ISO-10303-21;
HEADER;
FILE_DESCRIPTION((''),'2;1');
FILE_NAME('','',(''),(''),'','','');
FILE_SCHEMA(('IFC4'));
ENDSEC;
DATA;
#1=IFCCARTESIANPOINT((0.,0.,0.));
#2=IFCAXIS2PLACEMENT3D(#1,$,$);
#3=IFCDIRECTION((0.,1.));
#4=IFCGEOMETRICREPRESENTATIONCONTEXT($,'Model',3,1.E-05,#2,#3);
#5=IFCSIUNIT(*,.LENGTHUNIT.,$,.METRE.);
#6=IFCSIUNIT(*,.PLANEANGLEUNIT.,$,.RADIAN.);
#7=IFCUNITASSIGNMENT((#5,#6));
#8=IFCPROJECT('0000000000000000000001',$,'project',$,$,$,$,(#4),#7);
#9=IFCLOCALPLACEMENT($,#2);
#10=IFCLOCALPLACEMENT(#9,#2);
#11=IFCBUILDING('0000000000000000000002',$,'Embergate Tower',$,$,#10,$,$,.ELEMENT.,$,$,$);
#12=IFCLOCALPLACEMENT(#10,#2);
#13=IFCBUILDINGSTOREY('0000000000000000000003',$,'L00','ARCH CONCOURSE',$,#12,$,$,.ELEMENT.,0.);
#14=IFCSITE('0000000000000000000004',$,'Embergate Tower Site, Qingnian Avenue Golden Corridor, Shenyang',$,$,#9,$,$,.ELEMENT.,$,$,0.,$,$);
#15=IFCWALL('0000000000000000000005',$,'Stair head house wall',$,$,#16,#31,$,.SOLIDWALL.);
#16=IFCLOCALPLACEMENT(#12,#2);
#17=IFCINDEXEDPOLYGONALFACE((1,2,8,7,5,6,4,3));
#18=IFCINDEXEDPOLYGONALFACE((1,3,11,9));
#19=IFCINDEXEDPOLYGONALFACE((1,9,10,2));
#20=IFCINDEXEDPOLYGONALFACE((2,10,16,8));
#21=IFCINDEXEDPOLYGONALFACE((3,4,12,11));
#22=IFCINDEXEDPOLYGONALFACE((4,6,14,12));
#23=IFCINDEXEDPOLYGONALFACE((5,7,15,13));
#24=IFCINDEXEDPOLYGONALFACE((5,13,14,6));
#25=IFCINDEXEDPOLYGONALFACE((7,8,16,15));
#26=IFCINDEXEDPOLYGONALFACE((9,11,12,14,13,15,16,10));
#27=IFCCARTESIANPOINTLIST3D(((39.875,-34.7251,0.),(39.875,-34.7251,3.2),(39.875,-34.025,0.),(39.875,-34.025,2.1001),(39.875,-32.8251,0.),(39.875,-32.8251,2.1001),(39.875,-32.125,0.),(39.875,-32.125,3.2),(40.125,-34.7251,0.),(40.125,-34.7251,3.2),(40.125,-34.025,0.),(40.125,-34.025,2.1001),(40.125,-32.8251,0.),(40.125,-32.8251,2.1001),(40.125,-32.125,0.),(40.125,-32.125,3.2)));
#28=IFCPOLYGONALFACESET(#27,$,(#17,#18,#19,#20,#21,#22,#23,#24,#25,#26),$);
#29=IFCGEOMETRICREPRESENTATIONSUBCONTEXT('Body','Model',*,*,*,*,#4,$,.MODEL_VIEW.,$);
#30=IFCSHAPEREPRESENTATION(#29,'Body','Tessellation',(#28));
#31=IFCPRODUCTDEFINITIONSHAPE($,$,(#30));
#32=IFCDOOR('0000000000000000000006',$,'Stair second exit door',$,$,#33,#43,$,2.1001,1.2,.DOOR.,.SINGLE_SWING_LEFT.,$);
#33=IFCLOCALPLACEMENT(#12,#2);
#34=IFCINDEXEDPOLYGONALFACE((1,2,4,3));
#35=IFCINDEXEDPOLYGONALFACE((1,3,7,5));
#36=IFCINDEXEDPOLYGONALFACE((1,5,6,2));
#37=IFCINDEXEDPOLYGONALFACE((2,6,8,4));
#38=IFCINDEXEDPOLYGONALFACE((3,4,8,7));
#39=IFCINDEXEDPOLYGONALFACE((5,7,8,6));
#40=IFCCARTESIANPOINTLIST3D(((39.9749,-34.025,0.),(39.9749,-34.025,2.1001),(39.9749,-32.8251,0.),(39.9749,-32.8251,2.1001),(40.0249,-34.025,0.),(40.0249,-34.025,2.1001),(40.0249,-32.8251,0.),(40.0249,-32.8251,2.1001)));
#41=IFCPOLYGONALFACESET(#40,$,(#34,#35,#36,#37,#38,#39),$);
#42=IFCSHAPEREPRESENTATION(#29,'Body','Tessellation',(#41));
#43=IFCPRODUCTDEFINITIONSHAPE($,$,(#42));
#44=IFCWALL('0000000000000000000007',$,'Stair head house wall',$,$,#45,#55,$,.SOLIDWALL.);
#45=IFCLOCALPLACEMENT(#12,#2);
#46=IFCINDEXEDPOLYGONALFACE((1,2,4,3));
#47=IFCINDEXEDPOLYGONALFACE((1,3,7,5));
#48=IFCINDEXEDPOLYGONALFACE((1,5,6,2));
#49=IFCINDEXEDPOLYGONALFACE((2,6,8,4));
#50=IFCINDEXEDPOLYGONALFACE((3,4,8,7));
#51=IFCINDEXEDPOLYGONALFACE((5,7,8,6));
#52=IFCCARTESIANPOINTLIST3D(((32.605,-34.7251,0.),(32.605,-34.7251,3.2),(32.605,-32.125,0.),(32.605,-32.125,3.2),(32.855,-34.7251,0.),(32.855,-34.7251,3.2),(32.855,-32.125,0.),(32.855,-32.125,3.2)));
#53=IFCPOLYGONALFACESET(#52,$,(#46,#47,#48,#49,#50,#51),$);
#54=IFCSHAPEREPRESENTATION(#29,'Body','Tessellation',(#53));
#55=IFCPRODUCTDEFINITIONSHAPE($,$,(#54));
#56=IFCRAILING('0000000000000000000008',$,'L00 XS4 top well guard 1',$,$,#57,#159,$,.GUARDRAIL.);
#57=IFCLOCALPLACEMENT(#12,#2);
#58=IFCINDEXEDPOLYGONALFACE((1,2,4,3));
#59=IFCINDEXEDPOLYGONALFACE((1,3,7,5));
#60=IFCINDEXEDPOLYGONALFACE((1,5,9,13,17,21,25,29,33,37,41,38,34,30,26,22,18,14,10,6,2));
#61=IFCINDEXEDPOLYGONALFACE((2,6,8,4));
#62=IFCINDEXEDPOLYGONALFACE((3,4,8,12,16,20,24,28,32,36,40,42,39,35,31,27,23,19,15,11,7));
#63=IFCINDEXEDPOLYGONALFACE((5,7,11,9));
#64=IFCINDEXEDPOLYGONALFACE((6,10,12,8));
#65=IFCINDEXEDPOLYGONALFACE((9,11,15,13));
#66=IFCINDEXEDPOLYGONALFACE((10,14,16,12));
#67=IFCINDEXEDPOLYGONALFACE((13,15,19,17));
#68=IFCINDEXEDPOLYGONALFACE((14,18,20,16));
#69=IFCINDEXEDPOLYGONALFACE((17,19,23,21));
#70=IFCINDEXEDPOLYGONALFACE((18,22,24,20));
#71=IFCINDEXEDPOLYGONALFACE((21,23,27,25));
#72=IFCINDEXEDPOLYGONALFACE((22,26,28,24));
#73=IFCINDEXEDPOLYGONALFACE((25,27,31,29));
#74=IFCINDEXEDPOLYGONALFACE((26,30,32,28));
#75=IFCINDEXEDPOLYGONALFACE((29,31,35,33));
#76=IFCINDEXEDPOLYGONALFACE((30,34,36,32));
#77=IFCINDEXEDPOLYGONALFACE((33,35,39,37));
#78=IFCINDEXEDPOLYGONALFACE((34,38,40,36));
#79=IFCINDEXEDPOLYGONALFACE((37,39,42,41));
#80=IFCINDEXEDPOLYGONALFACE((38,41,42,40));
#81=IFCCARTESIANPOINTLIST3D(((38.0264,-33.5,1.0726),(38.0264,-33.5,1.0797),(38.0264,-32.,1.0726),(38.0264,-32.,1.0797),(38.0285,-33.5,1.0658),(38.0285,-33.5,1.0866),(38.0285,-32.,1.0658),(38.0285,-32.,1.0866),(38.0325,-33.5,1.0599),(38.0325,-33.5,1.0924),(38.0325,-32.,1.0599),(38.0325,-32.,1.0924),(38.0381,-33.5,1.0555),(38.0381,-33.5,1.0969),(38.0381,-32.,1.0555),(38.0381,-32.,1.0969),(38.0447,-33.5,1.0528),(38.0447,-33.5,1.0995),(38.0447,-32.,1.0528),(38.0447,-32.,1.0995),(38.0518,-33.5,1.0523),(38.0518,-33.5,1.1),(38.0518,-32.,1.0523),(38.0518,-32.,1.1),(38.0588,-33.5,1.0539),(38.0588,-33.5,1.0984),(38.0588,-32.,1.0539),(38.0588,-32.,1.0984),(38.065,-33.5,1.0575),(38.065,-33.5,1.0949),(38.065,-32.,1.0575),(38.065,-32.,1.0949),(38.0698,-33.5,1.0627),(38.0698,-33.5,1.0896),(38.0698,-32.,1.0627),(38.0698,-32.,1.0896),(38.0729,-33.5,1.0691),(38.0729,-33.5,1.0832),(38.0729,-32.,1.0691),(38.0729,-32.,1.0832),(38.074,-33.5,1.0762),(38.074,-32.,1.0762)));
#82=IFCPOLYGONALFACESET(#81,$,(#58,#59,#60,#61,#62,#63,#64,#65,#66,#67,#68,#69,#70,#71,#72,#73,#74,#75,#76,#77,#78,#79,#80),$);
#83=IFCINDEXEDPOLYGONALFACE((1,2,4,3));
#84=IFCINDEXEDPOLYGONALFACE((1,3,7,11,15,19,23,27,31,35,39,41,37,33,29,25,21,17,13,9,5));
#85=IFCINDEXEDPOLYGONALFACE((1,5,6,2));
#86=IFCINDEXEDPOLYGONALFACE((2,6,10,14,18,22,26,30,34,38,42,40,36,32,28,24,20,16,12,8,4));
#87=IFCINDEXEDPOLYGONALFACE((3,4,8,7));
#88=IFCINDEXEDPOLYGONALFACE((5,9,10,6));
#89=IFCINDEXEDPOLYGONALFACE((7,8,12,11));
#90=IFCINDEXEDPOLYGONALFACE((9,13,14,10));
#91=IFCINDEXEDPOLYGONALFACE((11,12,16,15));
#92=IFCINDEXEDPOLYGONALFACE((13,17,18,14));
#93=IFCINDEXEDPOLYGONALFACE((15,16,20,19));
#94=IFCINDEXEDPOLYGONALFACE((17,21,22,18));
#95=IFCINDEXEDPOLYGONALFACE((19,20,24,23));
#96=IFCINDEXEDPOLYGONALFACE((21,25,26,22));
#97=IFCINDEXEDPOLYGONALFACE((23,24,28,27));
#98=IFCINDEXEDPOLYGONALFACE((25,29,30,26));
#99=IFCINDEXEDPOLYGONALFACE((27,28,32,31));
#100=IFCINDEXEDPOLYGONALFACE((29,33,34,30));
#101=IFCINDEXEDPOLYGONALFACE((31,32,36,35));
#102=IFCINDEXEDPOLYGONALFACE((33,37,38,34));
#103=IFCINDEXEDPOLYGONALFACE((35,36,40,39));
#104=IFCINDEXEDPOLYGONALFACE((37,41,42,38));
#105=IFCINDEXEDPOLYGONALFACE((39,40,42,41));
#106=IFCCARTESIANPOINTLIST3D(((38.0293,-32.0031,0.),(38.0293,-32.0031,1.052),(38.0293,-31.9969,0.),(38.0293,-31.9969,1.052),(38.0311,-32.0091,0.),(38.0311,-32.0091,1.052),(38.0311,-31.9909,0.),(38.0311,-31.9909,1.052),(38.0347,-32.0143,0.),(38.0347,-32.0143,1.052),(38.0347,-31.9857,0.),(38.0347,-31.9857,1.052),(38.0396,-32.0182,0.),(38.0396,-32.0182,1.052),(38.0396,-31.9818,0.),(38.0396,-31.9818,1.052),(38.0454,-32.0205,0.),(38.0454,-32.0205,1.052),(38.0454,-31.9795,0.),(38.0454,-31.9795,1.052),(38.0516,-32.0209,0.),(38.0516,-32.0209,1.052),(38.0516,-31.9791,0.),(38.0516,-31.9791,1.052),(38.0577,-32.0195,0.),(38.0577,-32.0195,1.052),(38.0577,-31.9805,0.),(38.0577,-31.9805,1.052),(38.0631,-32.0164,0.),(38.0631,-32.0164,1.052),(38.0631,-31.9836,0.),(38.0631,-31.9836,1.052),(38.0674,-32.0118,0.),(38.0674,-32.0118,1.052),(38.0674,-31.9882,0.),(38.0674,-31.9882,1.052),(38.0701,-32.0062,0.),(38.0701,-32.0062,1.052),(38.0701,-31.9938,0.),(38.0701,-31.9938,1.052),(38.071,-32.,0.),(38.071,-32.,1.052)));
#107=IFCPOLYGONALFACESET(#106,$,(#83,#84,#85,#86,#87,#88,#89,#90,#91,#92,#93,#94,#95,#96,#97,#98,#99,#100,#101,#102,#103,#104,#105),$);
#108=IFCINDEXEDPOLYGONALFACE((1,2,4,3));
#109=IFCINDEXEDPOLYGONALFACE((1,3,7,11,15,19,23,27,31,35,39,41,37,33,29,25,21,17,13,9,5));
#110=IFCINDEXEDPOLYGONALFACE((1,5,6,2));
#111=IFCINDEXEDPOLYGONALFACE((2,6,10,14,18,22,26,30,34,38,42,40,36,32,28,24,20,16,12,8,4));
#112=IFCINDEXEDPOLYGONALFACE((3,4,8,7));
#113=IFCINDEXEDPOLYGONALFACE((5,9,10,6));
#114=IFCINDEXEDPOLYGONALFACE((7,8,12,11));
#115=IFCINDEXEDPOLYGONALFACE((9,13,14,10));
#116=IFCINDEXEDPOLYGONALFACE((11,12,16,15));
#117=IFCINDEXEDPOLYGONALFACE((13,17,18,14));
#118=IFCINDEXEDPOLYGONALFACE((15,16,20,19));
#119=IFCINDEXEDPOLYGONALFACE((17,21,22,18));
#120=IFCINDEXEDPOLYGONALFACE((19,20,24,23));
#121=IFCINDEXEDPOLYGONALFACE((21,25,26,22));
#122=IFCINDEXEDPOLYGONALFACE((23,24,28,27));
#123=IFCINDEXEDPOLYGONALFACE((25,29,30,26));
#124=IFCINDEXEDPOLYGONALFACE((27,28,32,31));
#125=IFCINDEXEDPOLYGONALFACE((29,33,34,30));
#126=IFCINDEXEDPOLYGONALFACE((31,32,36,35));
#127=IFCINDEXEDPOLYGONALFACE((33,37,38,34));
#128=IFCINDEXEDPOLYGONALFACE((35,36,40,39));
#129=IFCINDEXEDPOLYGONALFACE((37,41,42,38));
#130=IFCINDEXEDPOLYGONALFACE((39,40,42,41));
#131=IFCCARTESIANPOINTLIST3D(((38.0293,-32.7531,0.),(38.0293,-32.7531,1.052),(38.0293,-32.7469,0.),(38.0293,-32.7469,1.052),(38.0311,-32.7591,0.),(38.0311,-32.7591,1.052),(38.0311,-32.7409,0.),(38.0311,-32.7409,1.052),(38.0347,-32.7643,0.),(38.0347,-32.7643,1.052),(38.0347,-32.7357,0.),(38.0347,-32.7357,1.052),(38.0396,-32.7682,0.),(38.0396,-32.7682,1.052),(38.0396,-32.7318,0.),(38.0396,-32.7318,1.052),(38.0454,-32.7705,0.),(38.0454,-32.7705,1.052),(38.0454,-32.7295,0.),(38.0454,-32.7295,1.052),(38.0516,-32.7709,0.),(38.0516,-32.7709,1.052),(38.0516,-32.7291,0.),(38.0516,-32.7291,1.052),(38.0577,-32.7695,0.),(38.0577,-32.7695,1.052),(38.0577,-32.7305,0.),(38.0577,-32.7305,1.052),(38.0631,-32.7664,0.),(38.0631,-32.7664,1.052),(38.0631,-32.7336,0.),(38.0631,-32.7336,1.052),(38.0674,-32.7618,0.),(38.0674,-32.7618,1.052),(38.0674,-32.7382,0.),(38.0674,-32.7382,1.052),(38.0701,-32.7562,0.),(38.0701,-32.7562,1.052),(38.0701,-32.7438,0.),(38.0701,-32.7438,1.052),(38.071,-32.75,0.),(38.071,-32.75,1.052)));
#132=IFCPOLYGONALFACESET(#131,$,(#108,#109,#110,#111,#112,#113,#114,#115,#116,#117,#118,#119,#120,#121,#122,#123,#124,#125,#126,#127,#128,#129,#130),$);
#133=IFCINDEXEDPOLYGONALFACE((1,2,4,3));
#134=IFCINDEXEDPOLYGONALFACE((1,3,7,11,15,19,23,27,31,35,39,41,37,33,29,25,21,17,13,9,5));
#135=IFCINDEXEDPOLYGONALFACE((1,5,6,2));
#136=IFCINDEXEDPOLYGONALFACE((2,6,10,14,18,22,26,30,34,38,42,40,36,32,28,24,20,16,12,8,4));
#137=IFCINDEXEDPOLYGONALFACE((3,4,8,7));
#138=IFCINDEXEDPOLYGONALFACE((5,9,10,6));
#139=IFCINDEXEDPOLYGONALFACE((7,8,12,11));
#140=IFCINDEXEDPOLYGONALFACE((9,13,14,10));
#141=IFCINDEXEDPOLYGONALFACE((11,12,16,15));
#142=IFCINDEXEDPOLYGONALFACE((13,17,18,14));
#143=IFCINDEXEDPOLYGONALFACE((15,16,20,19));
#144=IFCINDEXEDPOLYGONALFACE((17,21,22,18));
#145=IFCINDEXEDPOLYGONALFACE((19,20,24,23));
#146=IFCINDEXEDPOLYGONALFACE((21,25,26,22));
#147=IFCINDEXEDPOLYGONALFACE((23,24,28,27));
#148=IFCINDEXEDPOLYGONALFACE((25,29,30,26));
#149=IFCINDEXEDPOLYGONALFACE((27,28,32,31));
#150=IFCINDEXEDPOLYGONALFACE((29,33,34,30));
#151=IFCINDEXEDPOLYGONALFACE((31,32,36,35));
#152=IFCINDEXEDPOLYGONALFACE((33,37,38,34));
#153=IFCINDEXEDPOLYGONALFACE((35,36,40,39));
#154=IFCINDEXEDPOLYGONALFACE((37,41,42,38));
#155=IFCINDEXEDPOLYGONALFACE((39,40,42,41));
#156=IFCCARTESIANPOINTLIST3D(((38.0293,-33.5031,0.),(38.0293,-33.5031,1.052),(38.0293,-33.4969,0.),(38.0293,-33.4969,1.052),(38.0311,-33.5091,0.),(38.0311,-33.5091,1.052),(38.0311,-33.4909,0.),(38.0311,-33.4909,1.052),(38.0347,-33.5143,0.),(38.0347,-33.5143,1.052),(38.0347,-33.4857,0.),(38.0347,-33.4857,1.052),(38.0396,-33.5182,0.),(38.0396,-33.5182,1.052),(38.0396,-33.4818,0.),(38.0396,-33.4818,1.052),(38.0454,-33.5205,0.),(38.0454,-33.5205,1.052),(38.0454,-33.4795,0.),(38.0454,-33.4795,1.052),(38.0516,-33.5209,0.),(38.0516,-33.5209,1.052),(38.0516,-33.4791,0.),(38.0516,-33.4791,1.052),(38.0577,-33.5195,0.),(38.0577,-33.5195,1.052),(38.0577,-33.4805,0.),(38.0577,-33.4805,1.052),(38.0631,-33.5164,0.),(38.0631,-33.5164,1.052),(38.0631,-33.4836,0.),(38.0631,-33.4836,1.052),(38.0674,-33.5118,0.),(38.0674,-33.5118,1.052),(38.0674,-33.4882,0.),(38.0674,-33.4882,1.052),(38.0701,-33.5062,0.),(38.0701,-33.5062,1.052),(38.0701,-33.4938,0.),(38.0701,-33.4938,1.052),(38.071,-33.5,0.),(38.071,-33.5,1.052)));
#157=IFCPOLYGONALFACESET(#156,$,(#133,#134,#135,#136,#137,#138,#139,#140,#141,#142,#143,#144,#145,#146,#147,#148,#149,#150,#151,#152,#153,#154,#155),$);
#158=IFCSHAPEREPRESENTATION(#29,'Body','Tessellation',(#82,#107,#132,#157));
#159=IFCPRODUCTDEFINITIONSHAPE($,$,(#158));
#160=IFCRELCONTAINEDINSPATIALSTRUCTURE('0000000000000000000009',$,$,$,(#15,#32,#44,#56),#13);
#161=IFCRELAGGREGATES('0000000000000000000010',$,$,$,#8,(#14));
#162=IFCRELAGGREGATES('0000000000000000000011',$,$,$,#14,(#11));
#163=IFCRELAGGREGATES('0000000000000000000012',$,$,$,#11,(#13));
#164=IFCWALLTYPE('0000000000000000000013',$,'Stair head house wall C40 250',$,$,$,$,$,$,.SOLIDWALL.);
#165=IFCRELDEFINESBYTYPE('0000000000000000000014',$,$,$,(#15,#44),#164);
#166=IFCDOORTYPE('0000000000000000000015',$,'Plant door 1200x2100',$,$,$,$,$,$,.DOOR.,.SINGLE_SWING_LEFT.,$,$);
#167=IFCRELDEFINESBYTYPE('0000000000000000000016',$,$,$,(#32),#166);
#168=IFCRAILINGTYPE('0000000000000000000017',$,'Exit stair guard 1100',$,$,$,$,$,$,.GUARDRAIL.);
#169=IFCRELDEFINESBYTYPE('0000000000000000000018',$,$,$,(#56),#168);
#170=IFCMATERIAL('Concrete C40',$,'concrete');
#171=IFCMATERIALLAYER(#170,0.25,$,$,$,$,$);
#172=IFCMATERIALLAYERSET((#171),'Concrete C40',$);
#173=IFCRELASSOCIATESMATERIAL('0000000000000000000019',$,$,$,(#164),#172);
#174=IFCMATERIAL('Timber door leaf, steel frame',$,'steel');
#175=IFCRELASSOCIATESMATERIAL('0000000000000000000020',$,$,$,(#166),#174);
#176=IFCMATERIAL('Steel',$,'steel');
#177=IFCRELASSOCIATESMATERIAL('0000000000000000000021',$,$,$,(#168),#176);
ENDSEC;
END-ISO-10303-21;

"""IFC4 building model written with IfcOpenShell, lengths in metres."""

from ifc_helpers import new_model, si_unit, direction, frame, frame_2d, origin, origin_2d, place, context, subcontext, project, spatial, rectangle, circle, extrude, source, transform, mapped, material, layer, layer_set, type_object, element, fill, save


model = new_model("IFC4")

# Units and contexts
model_context = context("Model", 3, precision=1e-05, world=origin(), true_north=direction((0.0, 1.0)))
body_context = subcontext(model_context, "Body", "Model", "MODEL_VIEW")
ifc_project = project(units=[si_unit("LENGTHUNIT", "METRE"), si_unit("PLANEANGLEUNIT", "RADIAN")], contexts=[model_context])

# Site, building, storey
site_placement = place(None, origin())
site = spatial("IfcSite", under=ifc_project, at=site_placement, Name="Embergate Tower Site, Qingnian Avenue Golden Corridor, Shenyang", CompositionType="ELEMENT", RefElevation=0.0)
building_placement = place(site_placement, origin())
building = spatial("IfcBuilding", under=site, at=building_placement, Name="Embergate Tower", CompositionType="ELEMENT")
storey_placement = place(building_placement, origin())
storey = spatial("IfcBuildingStorey", under=building, at=storey_placement, Name="L00", Description="ARCH CONCOURSE", CompositionType="ELEMENT", Elevation=0.0)

# Shared definitions
ifc_material_1 = material(Name="Concrete C40", Category="concrete")

# Shared definitions
ifc_layer_1 = layer(ifc_material_1, 0.25)
ifc_layer_set_1 = layer_set([ifc_layer_1], Name="Concrete C40")
wall_type_1 = type_object("IfcWallType", Name="Stair head house wall C40 250", PredefinedType="SOLIDWALL", material=ifc_layer_set_1)
shared_shape_1 = source(origin(), body_context, "Body", "SweptSolid", [
    extrude(rectangle(XDim=1.2, YDim=2.1001, at=frame_2d((0.6001, 1.05))), frame((0.0, 0.135, 0.0), z_axis=(0.0, -1.0, 0.0), x_axis=(1.0, 0.0, 0.0)), (0.0, 0.0, 1.0), 0.27),
])
ifc_material_2 = material(Name="Timber door leaf, steel frame", Category="steel")
door_type_1 = type_object("IfcDoorType", Name="Plant door 1200x2100", OperationType="SINGLE_SWING_LEFT", PredefinedType="DOOR", material=ifc_material_2)
shared_shape_2 = source(origin(), body_context, "Body", "SweptSolid", [
    extrude(rectangle(XDim=1.2, YDim=2.1001, at=frame_2d((0.6001, 1.05))), frame((0.0, 0.0249, 0.0), z_axis=(0.0, -1.0, 0.0), x_axis=(1.0, 0.0, 0.0)), (0.0, 0.0, 1.0), 0.05),
])

# Wall, opening, door
shared_shape_3 = source(origin(), body_context, "Body", "SweptSolid", [
    extrude(rectangle(XDim=2.6001, YDim=0.25, at=frame_2d((1.3, 0.0))), origin(), (0.0, 0.0, 1.0), 3.2),
])
wall_1_placement = place(storey_placement, frame((40.0, -32.125, 0.0), z_axis=(0.0, 0.0, 1.0), x_axis=(0.0, -1.0, 0.0)))
wall_1 = element("IfcWall", 1, at=wall_1_placement, inside=storey, type_object=wall_type_1, Name="Stair head house wall", PredefinedType="SOLIDWALL", context=body_context, shape_type="MappedRepresentation", body=[
    mapped(shared_shape_3, transform((0.0, 0.0, 0.0))),
])
opening_1_placement = place(wall_1_placement, frame((0.7, 0.0, 0.0)))
opening_1 = element("IfcOpeningElement", 2, at=opening_1_placement, cuts=wall_1, PredefinedType="OPENING", context=body_context, shape_type="MappedRepresentation", body=[
    mapped(shared_shape_1, transform((0.0, 0.0, 0.0))),
])
door_1_placement = place(opening_1_placement, origin())
door_1 = element("IfcDoor", 3, at=door_1_placement, inside=storey, type_object=door_type_1, Name="Stair second exit door", OperationType="SINGLE_SWING_LEFT", OverallHeight=2.1001, OverallWidth=1.2, PredefinedType="DOOR", context=body_context, shape_type="MappedRepresentation", body=[
    mapped(shared_shape_2, transform((0.0, 0.0, 0.0))),
])
fill(opening_1, door_1)

# Wall
wall_2_placement = place(storey_placement, frame((32.73, -32.125, 0.0), z_axis=(0.0, 0.0, 1.0), x_axis=(0.0, -1.0, 0.0)))
element("IfcWall", 4, at=wall_2_placement, inside=storey, type_object=wall_type_1, Name="Stair head house wall", PredefinedType="SOLIDWALL", context=body_context, shape_type="MappedRepresentation", body=[
    mapped(shared_shape_3, transform((0.0, 0.0, 0.0))),
])

# Railing
ifc_material_3 = material(Name="Steel", Category="steel")
railing_type = type_object("IfcRailingType", Name="Exit stair guard 1100", PredefinedType="GUARDRAIL", material=ifc_material_3)
shared_shape_4 = source(origin(), body_context, "Body", "SweptSolid", [
    extrude(circle(Radius=0.0239, at=origin_2d()), frame((0.0, 0.0, 1.0762), z_axis=(0.0, -1.0, 0.0), x_axis=(1.0, 0.0, 0.0)), (0.0, 0.0, 1.0), 1.5),
    extrude(circle(Radius=0.021, at=origin_2d()), origin(), (0.0, 0.0, 1.0), 1.052),
    extrude(circle(Radius=0.021, at=origin_2d()), frame((0.0, -0.75, 0.0)), (0.0, 0.0, 1.0), 1.052),
    extrude(circle(Radius=0.021, at=origin_2d()), frame((0.0, -1.5, 0.0)), (0.0, 0.0, 1.0), 1.052),
])
railing_placement = place(storey_placement, frame((38.05, -32.0, 0.0)))
element("IfcRailing", 5, at=railing_placement, inside=storey, type_object=railing_type, Name="L00 XS4 top well guard 1", PredefinedType="GUARDRAIL", context=body_context, shape_type="MappedRepresentation", body=[
    mapped(shared_shape_4, transform((0.0, 0.0, 0.0))),
])

save(model, "model.ifc")
